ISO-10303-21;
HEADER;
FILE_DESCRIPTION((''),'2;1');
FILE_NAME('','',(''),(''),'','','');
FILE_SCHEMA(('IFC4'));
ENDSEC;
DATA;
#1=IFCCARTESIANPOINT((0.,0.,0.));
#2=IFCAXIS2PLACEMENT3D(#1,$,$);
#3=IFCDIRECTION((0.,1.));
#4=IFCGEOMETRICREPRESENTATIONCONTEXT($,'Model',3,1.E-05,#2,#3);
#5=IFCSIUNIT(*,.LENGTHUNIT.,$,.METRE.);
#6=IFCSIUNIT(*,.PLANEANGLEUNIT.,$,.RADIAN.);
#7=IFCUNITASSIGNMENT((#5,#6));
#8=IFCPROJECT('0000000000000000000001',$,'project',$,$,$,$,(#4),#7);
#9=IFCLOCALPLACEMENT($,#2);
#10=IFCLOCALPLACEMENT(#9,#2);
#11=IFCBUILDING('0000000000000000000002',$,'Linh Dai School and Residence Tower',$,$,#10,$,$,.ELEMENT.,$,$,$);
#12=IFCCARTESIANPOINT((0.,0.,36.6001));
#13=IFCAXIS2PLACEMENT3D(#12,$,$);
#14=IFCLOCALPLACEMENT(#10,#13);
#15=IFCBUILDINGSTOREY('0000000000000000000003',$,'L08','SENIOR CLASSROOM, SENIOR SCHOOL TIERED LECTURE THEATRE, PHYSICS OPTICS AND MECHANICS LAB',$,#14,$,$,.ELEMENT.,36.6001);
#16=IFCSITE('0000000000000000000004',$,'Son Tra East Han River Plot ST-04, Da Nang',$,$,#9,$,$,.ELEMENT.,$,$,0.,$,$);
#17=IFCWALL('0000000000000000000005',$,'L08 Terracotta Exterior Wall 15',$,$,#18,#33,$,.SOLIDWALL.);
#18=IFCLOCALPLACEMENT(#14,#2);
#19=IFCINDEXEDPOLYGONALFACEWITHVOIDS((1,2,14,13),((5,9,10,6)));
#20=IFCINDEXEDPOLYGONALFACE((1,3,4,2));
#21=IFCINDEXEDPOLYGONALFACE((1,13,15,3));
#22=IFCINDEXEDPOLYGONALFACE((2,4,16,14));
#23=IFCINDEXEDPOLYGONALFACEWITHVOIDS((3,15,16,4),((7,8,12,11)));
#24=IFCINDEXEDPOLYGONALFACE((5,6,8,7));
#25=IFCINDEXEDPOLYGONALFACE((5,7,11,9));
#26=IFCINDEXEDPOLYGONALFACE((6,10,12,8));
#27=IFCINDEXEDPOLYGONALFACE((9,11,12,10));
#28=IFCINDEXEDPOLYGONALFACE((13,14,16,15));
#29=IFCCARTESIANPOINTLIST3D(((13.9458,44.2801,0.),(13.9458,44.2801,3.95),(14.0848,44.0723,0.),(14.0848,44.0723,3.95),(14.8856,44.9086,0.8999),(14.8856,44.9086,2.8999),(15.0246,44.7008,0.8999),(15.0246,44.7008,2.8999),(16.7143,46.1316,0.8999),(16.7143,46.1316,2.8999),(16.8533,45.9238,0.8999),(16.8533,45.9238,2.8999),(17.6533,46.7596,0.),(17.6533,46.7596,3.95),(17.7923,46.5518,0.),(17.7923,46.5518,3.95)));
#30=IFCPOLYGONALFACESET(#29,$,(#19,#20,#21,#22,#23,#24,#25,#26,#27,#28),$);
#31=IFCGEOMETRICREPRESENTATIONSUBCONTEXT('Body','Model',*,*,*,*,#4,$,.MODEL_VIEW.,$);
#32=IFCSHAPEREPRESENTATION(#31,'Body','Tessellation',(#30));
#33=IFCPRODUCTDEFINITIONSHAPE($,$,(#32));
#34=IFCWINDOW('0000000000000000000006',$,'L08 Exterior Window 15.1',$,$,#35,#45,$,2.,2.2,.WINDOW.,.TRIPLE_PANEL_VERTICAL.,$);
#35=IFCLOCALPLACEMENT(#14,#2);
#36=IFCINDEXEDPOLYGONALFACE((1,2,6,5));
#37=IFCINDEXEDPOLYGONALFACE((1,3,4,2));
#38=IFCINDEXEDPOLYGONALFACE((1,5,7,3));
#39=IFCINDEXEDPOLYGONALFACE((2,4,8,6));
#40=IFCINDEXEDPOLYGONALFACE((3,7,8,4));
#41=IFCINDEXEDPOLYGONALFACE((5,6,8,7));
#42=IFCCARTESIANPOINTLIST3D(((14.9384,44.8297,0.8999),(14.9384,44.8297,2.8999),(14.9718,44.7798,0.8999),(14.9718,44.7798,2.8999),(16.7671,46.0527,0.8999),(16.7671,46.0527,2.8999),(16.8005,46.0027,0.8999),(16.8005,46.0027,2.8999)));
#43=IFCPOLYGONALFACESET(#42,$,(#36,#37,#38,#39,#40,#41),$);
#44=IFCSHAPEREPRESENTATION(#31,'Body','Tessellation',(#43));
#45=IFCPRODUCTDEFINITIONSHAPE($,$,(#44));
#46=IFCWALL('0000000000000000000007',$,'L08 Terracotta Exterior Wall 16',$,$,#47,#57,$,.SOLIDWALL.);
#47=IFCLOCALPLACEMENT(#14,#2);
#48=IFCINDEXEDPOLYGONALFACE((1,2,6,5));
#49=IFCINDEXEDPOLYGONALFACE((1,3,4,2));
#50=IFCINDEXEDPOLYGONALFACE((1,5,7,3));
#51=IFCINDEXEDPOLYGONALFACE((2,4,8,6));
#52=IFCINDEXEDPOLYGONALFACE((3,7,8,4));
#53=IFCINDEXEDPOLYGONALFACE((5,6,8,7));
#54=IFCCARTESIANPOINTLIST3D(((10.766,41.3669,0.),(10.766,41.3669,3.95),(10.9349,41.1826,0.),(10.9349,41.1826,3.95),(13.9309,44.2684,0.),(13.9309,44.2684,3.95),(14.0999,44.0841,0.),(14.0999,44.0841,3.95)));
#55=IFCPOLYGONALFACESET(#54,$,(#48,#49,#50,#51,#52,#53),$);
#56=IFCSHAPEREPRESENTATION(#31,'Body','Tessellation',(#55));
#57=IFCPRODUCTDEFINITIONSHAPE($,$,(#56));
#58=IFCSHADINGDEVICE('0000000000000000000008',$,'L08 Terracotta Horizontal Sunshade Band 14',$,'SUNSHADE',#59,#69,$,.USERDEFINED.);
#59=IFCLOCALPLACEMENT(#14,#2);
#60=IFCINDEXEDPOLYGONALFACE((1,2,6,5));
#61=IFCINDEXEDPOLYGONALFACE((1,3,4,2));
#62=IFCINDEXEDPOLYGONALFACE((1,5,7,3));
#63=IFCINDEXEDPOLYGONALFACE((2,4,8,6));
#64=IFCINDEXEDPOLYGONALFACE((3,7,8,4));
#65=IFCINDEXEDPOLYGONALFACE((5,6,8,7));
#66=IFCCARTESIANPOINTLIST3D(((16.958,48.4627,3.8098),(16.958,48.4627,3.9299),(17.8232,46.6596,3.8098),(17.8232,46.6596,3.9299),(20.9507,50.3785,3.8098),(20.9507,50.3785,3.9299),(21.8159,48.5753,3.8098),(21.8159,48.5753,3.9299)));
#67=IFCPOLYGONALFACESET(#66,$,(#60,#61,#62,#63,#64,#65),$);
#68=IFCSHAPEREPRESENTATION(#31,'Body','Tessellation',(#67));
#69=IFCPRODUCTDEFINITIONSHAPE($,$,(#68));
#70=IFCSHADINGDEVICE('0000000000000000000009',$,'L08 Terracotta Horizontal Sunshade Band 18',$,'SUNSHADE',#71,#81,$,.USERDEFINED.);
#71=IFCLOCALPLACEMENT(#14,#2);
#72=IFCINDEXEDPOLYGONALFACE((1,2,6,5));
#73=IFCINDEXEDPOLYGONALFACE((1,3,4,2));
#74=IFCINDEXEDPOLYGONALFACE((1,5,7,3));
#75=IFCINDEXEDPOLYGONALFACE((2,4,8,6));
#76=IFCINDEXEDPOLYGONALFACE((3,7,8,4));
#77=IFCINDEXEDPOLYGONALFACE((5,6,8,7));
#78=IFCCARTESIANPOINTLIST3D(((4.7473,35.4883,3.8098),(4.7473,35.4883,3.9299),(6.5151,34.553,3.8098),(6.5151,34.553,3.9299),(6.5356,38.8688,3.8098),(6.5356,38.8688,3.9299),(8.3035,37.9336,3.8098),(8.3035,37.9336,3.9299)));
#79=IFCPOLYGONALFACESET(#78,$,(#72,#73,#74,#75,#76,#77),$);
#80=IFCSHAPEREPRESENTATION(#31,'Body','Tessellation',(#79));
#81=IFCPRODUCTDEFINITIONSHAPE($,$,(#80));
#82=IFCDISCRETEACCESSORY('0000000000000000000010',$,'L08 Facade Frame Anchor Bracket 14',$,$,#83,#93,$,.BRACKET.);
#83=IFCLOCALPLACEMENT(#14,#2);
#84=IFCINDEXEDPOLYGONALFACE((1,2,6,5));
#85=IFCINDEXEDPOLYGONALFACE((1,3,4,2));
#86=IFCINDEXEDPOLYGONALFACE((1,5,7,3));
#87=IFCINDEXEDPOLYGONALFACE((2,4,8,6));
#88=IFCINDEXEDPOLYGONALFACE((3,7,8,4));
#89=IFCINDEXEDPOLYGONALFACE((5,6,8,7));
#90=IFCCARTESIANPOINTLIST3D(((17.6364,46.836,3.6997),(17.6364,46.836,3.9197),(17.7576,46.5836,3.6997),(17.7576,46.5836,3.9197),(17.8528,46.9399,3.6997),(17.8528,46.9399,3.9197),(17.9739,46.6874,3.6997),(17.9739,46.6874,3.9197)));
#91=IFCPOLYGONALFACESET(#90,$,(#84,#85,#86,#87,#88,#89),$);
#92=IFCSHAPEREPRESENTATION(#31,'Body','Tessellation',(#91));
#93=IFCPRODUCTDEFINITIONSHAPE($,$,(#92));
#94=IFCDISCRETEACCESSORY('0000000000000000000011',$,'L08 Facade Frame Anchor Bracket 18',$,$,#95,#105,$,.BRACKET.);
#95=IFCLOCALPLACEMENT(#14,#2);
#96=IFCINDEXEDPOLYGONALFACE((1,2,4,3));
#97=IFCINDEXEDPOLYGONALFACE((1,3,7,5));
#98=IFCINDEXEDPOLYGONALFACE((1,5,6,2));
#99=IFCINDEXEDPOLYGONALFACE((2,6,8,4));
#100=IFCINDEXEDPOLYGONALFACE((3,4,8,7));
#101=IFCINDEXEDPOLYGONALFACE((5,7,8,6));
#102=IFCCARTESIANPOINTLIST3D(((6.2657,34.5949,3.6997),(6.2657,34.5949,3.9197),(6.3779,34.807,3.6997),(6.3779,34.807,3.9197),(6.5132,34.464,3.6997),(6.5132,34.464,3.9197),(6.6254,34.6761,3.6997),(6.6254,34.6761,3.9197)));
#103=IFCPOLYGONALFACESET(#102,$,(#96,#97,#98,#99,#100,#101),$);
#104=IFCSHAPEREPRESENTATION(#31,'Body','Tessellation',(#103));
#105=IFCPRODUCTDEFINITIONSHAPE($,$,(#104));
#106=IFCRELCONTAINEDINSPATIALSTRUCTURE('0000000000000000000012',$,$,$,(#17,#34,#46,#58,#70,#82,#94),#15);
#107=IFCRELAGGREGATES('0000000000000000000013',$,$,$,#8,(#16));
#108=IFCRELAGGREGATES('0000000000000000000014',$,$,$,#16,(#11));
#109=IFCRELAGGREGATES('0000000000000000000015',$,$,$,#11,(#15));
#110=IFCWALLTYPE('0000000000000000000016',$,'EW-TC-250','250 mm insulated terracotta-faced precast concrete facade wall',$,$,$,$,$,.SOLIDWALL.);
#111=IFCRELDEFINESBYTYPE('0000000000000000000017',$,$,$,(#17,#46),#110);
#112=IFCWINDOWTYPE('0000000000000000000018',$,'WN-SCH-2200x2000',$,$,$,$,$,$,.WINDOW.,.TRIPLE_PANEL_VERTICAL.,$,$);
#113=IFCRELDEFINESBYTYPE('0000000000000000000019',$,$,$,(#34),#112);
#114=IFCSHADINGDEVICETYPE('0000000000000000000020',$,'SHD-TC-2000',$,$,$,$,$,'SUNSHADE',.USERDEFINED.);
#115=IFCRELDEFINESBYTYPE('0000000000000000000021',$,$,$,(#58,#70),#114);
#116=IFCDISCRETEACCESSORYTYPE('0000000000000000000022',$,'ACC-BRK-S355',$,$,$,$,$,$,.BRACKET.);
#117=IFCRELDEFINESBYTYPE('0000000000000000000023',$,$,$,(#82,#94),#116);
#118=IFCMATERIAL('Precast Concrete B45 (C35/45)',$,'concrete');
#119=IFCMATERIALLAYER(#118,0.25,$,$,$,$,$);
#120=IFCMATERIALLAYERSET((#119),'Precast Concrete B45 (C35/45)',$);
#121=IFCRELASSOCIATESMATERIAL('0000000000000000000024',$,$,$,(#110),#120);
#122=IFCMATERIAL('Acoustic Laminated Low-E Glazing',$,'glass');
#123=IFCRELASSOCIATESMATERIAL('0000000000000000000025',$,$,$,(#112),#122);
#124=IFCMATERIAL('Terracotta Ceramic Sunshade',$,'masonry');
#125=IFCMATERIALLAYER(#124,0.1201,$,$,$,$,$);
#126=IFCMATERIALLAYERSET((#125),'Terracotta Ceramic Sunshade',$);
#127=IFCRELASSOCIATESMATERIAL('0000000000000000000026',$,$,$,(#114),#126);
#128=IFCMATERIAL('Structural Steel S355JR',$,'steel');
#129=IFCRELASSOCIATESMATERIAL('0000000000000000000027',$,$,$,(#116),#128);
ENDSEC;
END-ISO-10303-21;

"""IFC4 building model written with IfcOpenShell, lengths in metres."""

from ifc_helpers import new_model, si_unit, direction, frame, frame_2d, origin, origin_2d, place, context, subcontext, project, spatial, rectangle, extrude, source, transform, mapped, material, layer, layer_set, type_object, element, fill, save


model = new_model("IFC4")

# Units and contexts
model_context = context("Model", 3, precision=1e-05, world=origin(), true_north=direction((0.0, 1.0)))
body_context = subcontext(model_context, "Body", "Model", "MODEL_VIEW")
ifc_project = project(units=[si_unit("LENGTHUNIT", "METRE"), si_unit("PLANEANGLEUNIT", "RADIAN")], contexts=[model_context])

# Site, building, storey
site_placement = place(None, origin())
site = spatial("IfcSite", under=ifc_project, at=site_placement, Name="Son Tra East Han River Plot ST-04, Da Nang", CompositionType="ELEMENT", RefElevation=0.0)
building_placement = place(site_placement, origin())
building = spatial("IfcBuilding", under=site, at=building_placement, Name="Linh Dai School and Residence Tower", CompositionType="ELEMENT")
storey_placement = place(building_placement, frame((0.0, 0.0, 36.6001)))
storey = spatial("IfcBuildingStorey", under=building, at=storey_placement, Name="L08", Description="SENIOR CLASSROOM, SENIOR SCHOOL TIERED LECTURE THEATRE, PHYSICS OPTICS AND MECHANICS LAB", CompositionType="ELEMENT", Elevation=36.6001)

# Shared definitions
ifc_material_1 = material(Name="Structural Steel S355JR", Category="steel")

# Shared definitions
ifc_material_2 = material(Name="Precast Concrete B45 (C35/45)", Category="concrete")

# Shared definitions
ifc_layer_1 = layer(ifc_material_2, 0.25)
ifc_layer_set_1 = layer_set([ifc_layer_1], Name="Precast Concrete B45 (C35/45)")
wall_type = type_object("IfcWallType", Name="EW-TC-250", Description="250 mm insulated terracotta-faced precast concrete facade wall", PredefinedType="SOLIDWALL", material=ifc_layer_set_1)

# Wall, opening, window
ifc_material_3 = material(Name="Acoustic Laminated Low-E Glazing", Category="glass")
window_type = type_object("IfcWindowType", Name="WN-SCH-2200x2000", PartitioningType="TRIPLE_PANEL_VERTICAL", PredefinedType="WINDOW", material=ifc_material_3)
shared_shape_1 = source(origin(), body_context, "Body", "SweptSolid", [
    extrude(rectangle(XDim=2.2, YDim=2.0, at=origin_2d()), frame((1.1001, 0.03, 1.0), z_axis=(0.0, -1.0, 0.0), x_axis=(1.0, 0.0, 0.0)), (0.0, 0.0, 1.0), 0.0601),
])
wall_1_placement = place(storey_placement, frame((14.0154, 44.1763, 0.0), z_axis=(0.0, 0.0, 1.0), x_axis=(0.831241, 0.555912, 0.0)))
wall_1 = element("IfcWall", 1, at=wall_1_placement, inside=storey, type_object=wall_type, Name="L08 Terracotta Exterior Wall 15", PredefinedType="SOLIDWALL", context=body_context, shape_type="SweptSolid", body=[
    extrude(rectangle(XDim=4.4602, YDim=0.25, at=frame_2d((2.23, 0.0))), origin(), (0.0, 0.0, 1.0), 3.95),
])
opening_1_placement = place(wall_1_placement, frame((1.1304, 0.0, 0.8999)))
opening_1 = element("IfcOpeningElement", 2, at=opening_1_placement, cuts=wall_1, PredefinedType="OPENING", context=body_context, shape_type="SweptSolid", body=[
    extrude(rectangle(XDim=2.2, YDim=2.0, at=origin_2d()), frame((1.1001, 0.135, 1.0), z_axis=(0.0, -1.0, 0.0), x_axis=(1.0, 0.0, 0.0)), (0.0, 0.0, 1.0), 0.27),
])
window_1_placement = place(opening_1_placement, origin())
window_1 = element("IfcWindow", 3, at=window_1_placement, inside=storey, type_object=window_type, Name="L08 Exterior Window 15.1", OverallHeight=2.0, OverallWidth=2.2, PartitioningType="TRIPLE_PANEL_VERTICAL", PredefinedType="WINDOW", context=body_context, shape_type="MappedRepresentation", body=[
    mapped(shared_shape_1, transform((0.0, 0.0, 0.0), x_axis=(1.0, 0.0, 0.0), y_axis=(0.0, 1.0, 0.0), z_axis=(0.0, 0.0, 1.0), scale=1.0)),
])
fill(opening_1, window_1)

# Wall
wall_2_placement = place(storey_placement, frame((10.8503, 41.2747, 0.0), z_axis=(0.0, 0.0, 1.0), x_axis=(0.737116, 0.675766, 0.0)))
element("IfcWall", 4, at=wall_2_placement, inside=storey, type_object=wall_type, Name="L08 Terracotta Exterior Wall 16", PredefinedType="SOLIDWALL", context=body_context, shape_type="SweptSolid", body=[
    extrude(rectangle(XDim=4.2937, YDim=0.25, at=frame_2d((2.147, 0.0))), origin(), (0.0, 0.0, 1.0), 3.95),
])

# Shading devices
ifc_material_4 = material(Name="Terracotta Ceramic Sunshade", Category="masonry")
ifc_layer_2 = layer(ifc_material_4, 0.1201)
ifc_layer_set_2 = layer_set([ifc_layer_2], Name="Terracotta Ceramic Sunshade")
shading_device_type = type_object("IfcShadingDeviceType", Name="SHD-TC-2000", ElementType="SUNSHADE", PredefinedType="USERDEFINED", material=ifc_layer_set_2)
shared_shape_2 = source(origin(), body_context, "Body", "SweptSolid", [
    extrude(rectangle(XDim=4.4285, YDim=2.0, at=origin_2d()), origin(), (0.0, 0.0, 1.0), 0.1201),
])
shading_device_1_placement = place(storey_placement, frame((19.387, 48.519, 3.8098), z_axis=(0.0, 0.0, 1.0), x_axis=(0.901585, 0.432603, 0.0)))
element("IfcShadingDevice", 5, at=shading_device_1_placement, inside=storey, type_object=shading_device_type, Name="L08 Terracotta Horizontal Sunshade Band 14", ObjectType="SUNSHADE", PredefinedType="USERDEFINED", context=body_context, shape_type="MappedRepresentation", body=[
    mapped(shared_shape_2, transform((0.0, 0.0, 0.0), x_axis=(1.0, 0.0, 0.0), y_axis=(0.0, 1.0, 0.0), z_axis=(0.0, 0.0, 1.0), scale=1.0)),
])
shared_shape_3 = source(origin(), body_context, "Body", "SweptSolid", [
    extrude(rectangle(XDim=3.8245, YDim=2.0, at=origin_2d()), origin(), (0.0, 0.0, 1.0), 0.1201),
])
shading_device_2_placement = place(storey_placement, frame((6.5254, 36.7109, 3.8098), z_axis=(0.0, 0.0, 1.0), x_axis=(0.467612, 0.883934, 0.0)))
element("IfcShadingDevice", 6, at=shading_device_2_placement, inside=storey, type_object=shading_device_type, Name="L08 Terracotta Horizontal Sunshade Band 18", ObjectType="SUNSHADE", PredefinedType="USERDEFINED", context=body_context, shape_type="MappedRepresentation", body=[
    mapped(shared_shape_3, transform((0.0, 0.0, 0.0), x_axis=(1.0, 0.0, 0.0), y_axis=(0.0, 1.0, 0.0), z_axis=(0.0, 0.0, 1.0), scale=1.0)),
])

# Discrete accessories
discrete_accessory_type = type_object("IfcDiscreteAccessoryType", Name="ACC-BRK-S355", PredefinedType="BRACKET", material=ifc_material_1)
shared_shape_4 = source(origin(), body_context, "Body", "SweptSolid", [
    extrude(rectangle(XDim=0.28, YDim=0.24, at=origin_2d()), origin(), (0.0, 0.0, 1.0), 0.22),
])
for number, where, z_axis, x_axis, name in (
    (7, (17.8052, 46.7617, 3.6997), (0.0, 0.0, 1.0), (-0.432603, 0.901585, 0.0), "L08 Facade Frame Anchor Bracket 14"),
    (8, (6.4456, 34.6355, 3.6997), (0.0, 0.0, 1.0), (-0.883934, 0.467612, 0.0), "L08 Facade Frame Anchor Bracket 18"),
):
    element("IfcDiscreteAccessory", number, at=place(storey_placement, frame(where, z_axis=z_axis, x_axis=x_axis)), inside=storey, type_object=discrete_accessory_type, Name=name, PredefinedType="BRACKET", context=body_context, shape_type="MappedRepresentation", body=[
        mapped(shared_shape_4, transform((0.0, 0.0, 0.0), x_axis=(1.0, 0.0, 0.0), y_axis=(0.0, 1.0, 0.0), z_axis=(0.0, 0.0, 1.0), scale=1.0)),
    ])

save(model, "model.ifc")
